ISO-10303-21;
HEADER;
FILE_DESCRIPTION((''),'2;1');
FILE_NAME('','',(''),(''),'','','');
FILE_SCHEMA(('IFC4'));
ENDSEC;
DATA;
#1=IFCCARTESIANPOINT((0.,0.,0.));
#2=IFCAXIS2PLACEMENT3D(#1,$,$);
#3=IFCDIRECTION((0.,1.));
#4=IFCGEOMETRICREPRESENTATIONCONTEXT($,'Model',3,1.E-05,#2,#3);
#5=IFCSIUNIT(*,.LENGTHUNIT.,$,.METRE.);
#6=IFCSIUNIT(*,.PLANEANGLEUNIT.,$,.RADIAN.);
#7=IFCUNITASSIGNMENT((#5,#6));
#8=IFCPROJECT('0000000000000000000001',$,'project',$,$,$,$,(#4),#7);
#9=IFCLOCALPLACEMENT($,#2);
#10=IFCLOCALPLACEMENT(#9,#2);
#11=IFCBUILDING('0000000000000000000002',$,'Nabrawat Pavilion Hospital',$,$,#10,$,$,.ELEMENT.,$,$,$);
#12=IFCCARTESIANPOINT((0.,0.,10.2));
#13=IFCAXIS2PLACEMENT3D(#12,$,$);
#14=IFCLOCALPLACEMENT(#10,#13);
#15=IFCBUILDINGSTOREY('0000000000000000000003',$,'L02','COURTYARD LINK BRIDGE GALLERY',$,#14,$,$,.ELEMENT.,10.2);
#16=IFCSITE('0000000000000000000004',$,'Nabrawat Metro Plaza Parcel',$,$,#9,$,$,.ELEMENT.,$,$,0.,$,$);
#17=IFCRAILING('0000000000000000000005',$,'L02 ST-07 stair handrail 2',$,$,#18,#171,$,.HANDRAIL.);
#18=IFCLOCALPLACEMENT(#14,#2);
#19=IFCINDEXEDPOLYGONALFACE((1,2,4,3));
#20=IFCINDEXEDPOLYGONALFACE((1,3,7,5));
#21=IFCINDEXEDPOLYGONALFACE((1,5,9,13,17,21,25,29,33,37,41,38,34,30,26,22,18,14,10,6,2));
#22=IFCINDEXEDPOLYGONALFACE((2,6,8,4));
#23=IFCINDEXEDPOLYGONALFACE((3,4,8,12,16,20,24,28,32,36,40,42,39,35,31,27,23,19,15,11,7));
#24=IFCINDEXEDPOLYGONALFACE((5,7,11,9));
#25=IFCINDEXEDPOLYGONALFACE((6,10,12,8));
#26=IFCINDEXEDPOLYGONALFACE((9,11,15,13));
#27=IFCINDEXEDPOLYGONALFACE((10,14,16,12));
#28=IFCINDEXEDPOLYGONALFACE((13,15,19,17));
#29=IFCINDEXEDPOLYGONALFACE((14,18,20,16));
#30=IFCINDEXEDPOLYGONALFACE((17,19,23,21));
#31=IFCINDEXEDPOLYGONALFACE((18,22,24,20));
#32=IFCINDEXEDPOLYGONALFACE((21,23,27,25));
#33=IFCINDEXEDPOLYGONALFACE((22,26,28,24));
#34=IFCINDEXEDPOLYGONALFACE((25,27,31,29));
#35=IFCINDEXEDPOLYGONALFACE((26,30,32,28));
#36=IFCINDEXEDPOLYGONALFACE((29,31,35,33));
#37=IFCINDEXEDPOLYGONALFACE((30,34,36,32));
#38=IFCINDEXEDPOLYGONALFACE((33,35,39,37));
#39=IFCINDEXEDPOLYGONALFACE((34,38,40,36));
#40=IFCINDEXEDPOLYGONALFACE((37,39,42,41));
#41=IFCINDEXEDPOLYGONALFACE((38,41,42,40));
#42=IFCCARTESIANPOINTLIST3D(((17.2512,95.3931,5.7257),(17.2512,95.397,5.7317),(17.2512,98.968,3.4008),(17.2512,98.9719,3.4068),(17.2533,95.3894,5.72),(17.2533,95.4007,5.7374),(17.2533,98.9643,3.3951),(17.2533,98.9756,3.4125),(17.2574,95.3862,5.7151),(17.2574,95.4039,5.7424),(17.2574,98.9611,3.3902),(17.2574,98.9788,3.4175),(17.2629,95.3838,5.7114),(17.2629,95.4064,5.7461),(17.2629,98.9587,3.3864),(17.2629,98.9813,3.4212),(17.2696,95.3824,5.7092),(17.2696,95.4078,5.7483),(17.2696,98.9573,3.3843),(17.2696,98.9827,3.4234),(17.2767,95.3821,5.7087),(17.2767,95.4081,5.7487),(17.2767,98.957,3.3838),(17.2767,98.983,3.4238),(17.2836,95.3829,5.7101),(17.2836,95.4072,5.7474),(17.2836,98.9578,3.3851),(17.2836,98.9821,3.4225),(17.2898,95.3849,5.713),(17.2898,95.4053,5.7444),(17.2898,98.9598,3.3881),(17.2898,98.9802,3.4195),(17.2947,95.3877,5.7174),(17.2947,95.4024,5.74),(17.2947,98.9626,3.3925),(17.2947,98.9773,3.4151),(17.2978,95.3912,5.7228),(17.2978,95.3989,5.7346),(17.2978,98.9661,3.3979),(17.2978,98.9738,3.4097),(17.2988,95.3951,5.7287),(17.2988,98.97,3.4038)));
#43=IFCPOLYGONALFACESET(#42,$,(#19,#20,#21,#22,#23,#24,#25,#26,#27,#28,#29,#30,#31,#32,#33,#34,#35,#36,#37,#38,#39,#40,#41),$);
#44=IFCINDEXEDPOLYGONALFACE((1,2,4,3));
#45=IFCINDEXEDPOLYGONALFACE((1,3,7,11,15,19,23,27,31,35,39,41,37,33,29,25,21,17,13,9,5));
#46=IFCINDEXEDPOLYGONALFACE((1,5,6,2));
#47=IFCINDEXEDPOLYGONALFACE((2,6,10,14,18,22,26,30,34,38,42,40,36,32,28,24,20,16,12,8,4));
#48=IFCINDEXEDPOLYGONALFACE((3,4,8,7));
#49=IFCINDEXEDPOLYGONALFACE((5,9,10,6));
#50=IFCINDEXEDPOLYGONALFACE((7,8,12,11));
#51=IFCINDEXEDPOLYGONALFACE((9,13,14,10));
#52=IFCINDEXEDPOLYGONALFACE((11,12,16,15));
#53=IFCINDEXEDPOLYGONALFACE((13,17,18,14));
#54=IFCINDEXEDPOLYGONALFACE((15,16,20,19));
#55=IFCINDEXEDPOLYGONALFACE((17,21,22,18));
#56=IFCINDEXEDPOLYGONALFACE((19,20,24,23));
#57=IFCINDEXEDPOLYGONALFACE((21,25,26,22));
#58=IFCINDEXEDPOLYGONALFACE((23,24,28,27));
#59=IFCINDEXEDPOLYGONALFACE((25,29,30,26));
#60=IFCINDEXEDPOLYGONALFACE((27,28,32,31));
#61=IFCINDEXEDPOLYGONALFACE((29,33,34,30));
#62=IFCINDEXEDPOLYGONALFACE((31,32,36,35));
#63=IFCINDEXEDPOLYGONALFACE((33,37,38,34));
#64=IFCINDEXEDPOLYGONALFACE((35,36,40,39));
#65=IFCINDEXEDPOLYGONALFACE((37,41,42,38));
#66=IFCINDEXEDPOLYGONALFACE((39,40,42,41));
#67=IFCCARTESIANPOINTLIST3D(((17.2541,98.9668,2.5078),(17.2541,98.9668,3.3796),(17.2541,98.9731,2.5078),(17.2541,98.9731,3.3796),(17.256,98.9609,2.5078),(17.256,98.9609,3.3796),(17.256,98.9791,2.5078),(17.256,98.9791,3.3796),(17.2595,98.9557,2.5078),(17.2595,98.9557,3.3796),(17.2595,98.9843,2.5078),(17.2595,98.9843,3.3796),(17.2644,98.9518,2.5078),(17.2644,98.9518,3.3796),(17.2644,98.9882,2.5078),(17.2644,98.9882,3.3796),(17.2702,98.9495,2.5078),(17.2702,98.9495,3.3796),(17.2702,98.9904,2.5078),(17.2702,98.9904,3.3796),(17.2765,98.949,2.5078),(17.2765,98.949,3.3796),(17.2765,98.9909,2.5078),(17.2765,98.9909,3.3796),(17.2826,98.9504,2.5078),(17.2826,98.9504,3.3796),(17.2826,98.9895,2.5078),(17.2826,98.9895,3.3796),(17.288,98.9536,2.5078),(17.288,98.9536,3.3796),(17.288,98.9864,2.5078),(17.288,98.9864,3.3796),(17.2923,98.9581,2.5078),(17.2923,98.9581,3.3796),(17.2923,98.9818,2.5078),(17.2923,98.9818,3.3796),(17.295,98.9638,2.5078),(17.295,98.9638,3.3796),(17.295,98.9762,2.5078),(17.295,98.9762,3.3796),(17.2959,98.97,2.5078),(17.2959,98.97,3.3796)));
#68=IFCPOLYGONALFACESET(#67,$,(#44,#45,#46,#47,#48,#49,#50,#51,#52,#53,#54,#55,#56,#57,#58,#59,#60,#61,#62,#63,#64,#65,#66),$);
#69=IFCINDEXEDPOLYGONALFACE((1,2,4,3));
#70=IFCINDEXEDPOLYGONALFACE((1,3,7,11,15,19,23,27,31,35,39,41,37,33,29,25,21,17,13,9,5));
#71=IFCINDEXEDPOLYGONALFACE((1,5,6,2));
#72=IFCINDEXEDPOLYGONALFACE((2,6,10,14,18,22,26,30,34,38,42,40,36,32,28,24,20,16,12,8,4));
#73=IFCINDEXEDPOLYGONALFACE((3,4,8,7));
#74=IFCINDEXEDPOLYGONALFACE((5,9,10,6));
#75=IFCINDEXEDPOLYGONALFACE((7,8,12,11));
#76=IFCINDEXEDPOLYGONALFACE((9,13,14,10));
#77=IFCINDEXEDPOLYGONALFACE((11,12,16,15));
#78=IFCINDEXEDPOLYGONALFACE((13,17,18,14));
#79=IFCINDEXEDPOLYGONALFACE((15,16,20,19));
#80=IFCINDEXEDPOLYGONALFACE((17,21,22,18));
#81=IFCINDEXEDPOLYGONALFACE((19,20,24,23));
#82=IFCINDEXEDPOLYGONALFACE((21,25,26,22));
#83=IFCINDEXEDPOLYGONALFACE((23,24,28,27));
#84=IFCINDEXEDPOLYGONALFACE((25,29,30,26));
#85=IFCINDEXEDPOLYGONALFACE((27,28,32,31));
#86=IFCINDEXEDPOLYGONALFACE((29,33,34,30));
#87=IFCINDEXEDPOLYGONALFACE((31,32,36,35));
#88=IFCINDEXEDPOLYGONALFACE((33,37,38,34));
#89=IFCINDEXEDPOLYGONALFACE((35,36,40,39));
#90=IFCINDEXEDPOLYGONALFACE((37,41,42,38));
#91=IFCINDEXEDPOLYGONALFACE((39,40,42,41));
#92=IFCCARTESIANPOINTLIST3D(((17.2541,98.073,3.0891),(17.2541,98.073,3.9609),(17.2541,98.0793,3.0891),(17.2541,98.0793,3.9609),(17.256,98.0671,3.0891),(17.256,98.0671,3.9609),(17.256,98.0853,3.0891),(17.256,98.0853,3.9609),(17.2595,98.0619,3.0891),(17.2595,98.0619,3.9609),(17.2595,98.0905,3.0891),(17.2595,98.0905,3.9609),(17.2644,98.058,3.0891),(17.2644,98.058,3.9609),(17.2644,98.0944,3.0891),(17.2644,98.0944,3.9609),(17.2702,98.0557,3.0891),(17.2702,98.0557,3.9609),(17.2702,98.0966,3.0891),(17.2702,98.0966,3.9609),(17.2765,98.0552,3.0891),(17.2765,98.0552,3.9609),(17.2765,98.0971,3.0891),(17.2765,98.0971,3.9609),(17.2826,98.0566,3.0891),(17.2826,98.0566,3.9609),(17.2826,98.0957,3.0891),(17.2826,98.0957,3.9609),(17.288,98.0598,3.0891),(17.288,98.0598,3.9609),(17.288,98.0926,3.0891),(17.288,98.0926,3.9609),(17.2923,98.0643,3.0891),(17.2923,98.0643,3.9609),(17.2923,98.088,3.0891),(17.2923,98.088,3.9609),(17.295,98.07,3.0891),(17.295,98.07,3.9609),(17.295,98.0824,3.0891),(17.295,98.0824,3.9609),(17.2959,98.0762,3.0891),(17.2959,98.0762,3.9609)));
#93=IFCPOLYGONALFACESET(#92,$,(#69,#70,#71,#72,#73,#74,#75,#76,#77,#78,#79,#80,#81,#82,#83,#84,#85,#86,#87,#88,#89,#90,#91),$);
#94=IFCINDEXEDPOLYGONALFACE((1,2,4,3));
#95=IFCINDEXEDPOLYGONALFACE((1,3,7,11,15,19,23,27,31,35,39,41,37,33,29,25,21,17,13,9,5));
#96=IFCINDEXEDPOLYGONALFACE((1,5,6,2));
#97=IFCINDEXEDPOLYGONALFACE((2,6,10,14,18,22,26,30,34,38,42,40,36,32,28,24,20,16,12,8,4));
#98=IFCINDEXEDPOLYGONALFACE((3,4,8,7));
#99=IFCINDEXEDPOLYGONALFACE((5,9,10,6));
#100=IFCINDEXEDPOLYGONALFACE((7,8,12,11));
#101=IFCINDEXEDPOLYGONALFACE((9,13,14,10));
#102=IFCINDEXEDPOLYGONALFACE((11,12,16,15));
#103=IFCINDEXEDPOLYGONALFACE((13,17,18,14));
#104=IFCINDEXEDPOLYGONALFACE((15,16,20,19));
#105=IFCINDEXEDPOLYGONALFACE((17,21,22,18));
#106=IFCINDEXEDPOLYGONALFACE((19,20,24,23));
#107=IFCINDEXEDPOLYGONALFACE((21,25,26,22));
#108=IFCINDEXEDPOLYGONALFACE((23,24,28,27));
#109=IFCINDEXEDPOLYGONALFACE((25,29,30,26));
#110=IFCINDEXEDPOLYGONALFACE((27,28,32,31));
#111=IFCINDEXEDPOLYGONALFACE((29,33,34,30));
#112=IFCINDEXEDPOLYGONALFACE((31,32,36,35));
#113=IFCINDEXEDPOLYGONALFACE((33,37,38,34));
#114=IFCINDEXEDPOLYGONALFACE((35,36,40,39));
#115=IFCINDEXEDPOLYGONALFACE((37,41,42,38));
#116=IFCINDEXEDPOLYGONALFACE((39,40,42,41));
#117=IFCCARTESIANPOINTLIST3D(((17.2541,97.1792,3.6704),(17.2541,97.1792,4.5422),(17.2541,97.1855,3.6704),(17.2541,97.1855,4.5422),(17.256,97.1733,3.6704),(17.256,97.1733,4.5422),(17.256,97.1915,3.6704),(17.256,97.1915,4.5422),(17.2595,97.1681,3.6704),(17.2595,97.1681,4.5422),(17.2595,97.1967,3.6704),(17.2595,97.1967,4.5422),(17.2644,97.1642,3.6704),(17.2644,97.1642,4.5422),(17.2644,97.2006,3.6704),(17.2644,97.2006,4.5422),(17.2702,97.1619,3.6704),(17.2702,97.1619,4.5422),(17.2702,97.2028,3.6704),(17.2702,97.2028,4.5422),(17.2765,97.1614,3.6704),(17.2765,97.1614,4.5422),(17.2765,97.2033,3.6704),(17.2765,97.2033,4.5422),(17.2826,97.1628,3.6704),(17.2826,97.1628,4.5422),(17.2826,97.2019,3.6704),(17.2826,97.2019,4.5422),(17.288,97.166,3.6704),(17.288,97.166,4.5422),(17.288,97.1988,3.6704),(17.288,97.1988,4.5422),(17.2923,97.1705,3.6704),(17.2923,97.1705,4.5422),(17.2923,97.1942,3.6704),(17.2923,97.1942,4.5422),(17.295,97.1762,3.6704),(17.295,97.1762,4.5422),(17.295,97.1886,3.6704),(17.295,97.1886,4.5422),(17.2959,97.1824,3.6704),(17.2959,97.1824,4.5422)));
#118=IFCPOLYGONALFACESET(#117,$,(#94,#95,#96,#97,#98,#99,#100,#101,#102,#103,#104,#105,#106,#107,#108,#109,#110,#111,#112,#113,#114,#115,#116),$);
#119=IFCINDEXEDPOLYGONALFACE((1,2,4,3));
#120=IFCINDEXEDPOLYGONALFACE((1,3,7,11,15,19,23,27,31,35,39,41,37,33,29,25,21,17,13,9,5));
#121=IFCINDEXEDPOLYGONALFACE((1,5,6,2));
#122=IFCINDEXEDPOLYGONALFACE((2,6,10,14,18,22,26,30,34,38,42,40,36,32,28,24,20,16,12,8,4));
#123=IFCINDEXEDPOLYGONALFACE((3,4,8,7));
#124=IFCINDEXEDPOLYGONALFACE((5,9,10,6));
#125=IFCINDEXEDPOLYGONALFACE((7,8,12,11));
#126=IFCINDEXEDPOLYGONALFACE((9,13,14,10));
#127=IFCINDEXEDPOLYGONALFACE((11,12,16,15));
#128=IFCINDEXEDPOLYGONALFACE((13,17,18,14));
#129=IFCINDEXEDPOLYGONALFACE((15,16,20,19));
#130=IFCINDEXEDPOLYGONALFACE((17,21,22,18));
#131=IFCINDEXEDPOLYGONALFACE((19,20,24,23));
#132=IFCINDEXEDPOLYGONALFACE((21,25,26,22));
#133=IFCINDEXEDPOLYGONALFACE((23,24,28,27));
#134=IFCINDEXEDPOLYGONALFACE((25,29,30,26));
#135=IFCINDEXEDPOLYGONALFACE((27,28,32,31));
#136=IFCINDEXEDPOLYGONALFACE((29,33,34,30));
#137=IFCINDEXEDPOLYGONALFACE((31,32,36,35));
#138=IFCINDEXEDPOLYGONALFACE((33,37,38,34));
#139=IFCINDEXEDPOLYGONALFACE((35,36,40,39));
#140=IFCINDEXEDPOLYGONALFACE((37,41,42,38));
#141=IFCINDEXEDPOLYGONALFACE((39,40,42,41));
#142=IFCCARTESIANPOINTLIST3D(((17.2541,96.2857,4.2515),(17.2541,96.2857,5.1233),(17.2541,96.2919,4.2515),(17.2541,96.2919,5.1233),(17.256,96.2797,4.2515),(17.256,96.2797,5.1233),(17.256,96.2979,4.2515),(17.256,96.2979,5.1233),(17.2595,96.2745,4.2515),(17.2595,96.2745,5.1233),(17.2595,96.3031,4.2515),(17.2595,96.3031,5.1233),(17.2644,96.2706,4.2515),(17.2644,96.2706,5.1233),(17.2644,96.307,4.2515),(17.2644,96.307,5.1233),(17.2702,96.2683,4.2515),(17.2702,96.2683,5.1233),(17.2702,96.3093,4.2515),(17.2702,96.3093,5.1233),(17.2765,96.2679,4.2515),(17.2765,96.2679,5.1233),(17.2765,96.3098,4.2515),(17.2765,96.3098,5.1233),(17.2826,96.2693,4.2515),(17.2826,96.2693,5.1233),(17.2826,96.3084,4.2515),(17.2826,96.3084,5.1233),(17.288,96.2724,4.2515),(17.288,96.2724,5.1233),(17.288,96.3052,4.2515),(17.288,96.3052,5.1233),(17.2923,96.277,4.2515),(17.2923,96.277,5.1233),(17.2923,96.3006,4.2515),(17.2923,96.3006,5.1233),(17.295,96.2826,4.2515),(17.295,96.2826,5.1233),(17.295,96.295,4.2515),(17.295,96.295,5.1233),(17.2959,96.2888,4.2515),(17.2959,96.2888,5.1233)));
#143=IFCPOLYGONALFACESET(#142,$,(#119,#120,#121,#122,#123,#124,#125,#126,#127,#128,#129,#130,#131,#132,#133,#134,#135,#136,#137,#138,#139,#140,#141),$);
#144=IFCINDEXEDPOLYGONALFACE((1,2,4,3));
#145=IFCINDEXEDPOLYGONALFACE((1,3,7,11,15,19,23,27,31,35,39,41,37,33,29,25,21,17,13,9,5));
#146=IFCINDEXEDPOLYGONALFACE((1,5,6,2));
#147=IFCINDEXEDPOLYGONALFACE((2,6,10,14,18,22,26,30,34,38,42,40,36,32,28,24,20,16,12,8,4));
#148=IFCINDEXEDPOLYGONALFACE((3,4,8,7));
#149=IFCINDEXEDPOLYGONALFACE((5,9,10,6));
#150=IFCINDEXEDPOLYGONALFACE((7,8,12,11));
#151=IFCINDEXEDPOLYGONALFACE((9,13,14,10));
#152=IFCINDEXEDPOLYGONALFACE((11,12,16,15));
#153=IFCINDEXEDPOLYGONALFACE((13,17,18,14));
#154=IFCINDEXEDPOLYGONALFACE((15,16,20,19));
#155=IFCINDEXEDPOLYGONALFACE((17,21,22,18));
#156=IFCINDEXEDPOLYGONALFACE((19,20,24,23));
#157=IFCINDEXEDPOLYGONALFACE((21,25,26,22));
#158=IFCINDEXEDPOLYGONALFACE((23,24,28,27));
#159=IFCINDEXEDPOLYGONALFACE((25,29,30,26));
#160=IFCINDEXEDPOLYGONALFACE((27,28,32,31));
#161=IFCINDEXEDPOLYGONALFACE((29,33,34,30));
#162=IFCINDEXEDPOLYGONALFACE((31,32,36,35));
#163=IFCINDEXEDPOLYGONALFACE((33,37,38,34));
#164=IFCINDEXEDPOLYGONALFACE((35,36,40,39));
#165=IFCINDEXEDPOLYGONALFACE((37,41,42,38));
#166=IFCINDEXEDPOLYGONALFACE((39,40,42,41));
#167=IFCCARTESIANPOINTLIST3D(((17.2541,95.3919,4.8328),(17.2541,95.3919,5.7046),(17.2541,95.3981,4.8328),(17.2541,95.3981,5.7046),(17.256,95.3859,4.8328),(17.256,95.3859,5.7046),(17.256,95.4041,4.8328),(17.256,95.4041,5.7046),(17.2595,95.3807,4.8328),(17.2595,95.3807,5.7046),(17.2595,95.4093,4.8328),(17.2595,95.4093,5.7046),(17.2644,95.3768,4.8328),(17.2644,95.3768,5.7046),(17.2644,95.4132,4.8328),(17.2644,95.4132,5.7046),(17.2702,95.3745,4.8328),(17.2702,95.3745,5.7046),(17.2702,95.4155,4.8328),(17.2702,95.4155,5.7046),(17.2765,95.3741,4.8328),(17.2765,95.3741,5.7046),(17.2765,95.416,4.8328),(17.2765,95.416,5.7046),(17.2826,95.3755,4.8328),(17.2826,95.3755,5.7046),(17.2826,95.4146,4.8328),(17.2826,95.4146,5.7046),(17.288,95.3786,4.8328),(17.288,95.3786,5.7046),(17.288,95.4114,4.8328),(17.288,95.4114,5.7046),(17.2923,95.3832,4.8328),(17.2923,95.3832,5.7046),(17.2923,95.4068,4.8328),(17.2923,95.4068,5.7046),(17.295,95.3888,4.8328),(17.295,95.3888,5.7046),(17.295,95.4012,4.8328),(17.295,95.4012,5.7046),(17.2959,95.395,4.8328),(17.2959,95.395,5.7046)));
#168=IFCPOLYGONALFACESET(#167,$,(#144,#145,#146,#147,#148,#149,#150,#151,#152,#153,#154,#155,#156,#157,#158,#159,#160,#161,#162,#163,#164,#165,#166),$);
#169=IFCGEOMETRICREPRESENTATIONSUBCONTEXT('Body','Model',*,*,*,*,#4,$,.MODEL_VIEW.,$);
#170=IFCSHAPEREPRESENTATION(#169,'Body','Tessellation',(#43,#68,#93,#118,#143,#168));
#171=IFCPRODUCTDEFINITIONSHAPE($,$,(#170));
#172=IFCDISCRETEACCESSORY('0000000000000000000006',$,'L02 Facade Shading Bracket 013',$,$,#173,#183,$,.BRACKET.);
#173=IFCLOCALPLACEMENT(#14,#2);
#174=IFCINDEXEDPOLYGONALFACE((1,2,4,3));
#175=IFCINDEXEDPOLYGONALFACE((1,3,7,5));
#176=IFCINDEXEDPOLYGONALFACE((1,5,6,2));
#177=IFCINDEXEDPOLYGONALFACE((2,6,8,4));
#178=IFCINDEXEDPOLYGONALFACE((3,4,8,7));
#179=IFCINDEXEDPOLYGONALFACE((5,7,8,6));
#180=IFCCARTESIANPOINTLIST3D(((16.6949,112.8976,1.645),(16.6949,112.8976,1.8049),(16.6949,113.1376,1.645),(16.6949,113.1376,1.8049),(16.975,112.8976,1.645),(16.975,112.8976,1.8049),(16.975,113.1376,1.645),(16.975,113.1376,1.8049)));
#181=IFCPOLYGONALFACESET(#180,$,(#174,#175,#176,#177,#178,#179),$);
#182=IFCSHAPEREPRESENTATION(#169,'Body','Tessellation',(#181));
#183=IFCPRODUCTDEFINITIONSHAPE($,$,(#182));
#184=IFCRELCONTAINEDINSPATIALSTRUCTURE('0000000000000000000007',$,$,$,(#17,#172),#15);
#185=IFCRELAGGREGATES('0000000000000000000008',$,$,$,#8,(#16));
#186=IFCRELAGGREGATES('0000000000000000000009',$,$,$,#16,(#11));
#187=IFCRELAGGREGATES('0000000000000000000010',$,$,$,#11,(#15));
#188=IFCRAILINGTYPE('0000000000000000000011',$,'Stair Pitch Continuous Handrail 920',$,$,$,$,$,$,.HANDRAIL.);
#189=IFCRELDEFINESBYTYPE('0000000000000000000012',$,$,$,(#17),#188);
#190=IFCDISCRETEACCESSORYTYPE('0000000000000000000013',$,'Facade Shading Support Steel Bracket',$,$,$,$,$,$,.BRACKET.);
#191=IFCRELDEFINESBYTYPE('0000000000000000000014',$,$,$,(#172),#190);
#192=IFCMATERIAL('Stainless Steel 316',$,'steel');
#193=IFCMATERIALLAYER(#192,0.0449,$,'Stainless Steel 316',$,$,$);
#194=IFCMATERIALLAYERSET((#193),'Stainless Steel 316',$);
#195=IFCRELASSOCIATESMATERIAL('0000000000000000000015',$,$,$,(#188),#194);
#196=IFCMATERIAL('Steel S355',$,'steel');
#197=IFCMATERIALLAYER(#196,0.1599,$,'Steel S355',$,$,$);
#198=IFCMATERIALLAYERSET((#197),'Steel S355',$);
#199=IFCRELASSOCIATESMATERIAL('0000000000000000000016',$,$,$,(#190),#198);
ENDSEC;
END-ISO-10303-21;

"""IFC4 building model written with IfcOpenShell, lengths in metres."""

from ifc_helpers import new_model, si_unit, direction, frame, origin, origin_2d, place, context, subcontext, project, spatial, rectangle, circle, extrude, material, layer, layer_set, type_object, element, save


model = new_model("IFC4")

# Units and contexts
model_context = context("Model", 3, precision=1e-05, world=origin(), true_north=direction((0.0, 1.0)))
body_context = subcontext(model_context, "Body", "Model", "MODEL_VIEW")
ifc_project = project(units=[si_unit("LENGTHUNIT", "METRE"), si_unit("PLANEANGLEUNIT", "RADIAN")], contexts=[model_context])

# Site, building, storey
site_placement = place(None, origin())
site = spatial("IfcSite", under=ifc_project, at=site_placement, Name="Nabrawat Metro Plaza Parcel", CompositionType="ELEMENT", RefElevation=0.0)
building_placement = place(site_placement, origin())
building = spatial("IfcBuilding", under=site, at=building_placement, Name="Nabrawat Pavilion Hospital", CompositionType="ELEMENT")
storey_placement = place(building_placement, frame((0.0, 0.0, 10.2)))
storey = spatial("IfcBuildingStorey", under=building, at=storey_placement, Name="L02", Description="COURTYARD LINK BRIDGE GALLERY", CompositionType="ELEMENT", Elevation=10.2)

# Shared definitions
ifc_material_1 = material(Name="Steel S355", Category="steel")

# Shared definitions
ifc_material_2 = material(Name="Stainless Steel 316", Category="steel")

# Railing
ifc_layer_1 = layer(ifc_material_2, 0.0449, Name="Stainless Steel 316")
ifc_layer_set_1 = layer_set([ifc_layer_1], Name="Stainless Steel 316")
railing_type_1 = type_object("IfcRailingType", Name="Stair Pitch Continuous Handrail 920", PredefinedType="HANDRAIL", material=ifc_layer_set_1)
railing_1_placement = place(storey_placement, frame((17.2749, 98.97, 2.5078)))
element("IfcRailing", 1, at=railing_1_placement, inside=storey, type_object=railing_type_1, Name="L02 ST-07 stair handrail 2", PredefinedType="HANDRAIL", context=body_context, shape_type="SweptSolid", body=[
    extrude(circle(Radius=0.0239, at=origin_2d()), frame((0.0, 0.0, 0.896), z_axis=(0.0, -0.838311, 0.545192), x_axis=(1.0, 0.0, 0.0)), (0.0, 0.0, 1.0), 4.2644),
    extrude(circle(Radius=0.021, at=origin_2d()), origin(), (0.0, 0.0, 1.0), 0.8718),
    extrude(circle(Radius=0.021, at=origin_2d()), frame((0.0, -0.8938, 0.5813)), (0.0, 0.0, 1.0), 0.8718),
    extrude(circle(Radius=0.021, at=origin_2d()), frame((0.0, -1.7876, 1.1626)), (0.0, 0.0, 1.0), 0.8718),
    extrude(circle(Radius=0.021, at=origin_2d()), frame((0.0, -2.6812, 1.7437)), (0.0, 0.0, 1.0), 0.8718),
    extrude(circle(Radius=0.021, at=origin_2d()), frame((0.0, -3.575, 2.325)), (0.0, 0.0, 1.0), 0.8718),
])

# Discrete accessory
ifc_layer_2 = layer(ifc_material_1, 0.1599, Name="Steel S355")
ifc_layer_set_2 = layer_set([ifc_layer_2], Name="Steel S355")
discrete_accessory_type = type_object("IfcDiscreteAccessoryType", Name="Facade Shading Support Steel Bracket", PredefinedType="BRACKET", material=ifc_layer_set_2)
discrete_accessory_placement = place(storey_placement, frame((16.835, 113.0176, 1.645), z_axis=(0.0, 0.0, 1.0), x_axis=(0.0, 1.0, 0.0)))
element("IfcDiscreteAccessory", 2, at=discrete_accessory_placement, inside=storey, type_object=discrete_accessory_type, Name="L02 Facade Shading Bracket 013", PredefinedType="BRACKET", context=body_context, shape_type="SweptSolid", body=[
    extrude(rectangle(XDim=0.24, YDim=0.28, at=origin_2d()), origin(), (0.0, 0.0, 1.0), 0.1599),
])

save(model, "model.ifc")
